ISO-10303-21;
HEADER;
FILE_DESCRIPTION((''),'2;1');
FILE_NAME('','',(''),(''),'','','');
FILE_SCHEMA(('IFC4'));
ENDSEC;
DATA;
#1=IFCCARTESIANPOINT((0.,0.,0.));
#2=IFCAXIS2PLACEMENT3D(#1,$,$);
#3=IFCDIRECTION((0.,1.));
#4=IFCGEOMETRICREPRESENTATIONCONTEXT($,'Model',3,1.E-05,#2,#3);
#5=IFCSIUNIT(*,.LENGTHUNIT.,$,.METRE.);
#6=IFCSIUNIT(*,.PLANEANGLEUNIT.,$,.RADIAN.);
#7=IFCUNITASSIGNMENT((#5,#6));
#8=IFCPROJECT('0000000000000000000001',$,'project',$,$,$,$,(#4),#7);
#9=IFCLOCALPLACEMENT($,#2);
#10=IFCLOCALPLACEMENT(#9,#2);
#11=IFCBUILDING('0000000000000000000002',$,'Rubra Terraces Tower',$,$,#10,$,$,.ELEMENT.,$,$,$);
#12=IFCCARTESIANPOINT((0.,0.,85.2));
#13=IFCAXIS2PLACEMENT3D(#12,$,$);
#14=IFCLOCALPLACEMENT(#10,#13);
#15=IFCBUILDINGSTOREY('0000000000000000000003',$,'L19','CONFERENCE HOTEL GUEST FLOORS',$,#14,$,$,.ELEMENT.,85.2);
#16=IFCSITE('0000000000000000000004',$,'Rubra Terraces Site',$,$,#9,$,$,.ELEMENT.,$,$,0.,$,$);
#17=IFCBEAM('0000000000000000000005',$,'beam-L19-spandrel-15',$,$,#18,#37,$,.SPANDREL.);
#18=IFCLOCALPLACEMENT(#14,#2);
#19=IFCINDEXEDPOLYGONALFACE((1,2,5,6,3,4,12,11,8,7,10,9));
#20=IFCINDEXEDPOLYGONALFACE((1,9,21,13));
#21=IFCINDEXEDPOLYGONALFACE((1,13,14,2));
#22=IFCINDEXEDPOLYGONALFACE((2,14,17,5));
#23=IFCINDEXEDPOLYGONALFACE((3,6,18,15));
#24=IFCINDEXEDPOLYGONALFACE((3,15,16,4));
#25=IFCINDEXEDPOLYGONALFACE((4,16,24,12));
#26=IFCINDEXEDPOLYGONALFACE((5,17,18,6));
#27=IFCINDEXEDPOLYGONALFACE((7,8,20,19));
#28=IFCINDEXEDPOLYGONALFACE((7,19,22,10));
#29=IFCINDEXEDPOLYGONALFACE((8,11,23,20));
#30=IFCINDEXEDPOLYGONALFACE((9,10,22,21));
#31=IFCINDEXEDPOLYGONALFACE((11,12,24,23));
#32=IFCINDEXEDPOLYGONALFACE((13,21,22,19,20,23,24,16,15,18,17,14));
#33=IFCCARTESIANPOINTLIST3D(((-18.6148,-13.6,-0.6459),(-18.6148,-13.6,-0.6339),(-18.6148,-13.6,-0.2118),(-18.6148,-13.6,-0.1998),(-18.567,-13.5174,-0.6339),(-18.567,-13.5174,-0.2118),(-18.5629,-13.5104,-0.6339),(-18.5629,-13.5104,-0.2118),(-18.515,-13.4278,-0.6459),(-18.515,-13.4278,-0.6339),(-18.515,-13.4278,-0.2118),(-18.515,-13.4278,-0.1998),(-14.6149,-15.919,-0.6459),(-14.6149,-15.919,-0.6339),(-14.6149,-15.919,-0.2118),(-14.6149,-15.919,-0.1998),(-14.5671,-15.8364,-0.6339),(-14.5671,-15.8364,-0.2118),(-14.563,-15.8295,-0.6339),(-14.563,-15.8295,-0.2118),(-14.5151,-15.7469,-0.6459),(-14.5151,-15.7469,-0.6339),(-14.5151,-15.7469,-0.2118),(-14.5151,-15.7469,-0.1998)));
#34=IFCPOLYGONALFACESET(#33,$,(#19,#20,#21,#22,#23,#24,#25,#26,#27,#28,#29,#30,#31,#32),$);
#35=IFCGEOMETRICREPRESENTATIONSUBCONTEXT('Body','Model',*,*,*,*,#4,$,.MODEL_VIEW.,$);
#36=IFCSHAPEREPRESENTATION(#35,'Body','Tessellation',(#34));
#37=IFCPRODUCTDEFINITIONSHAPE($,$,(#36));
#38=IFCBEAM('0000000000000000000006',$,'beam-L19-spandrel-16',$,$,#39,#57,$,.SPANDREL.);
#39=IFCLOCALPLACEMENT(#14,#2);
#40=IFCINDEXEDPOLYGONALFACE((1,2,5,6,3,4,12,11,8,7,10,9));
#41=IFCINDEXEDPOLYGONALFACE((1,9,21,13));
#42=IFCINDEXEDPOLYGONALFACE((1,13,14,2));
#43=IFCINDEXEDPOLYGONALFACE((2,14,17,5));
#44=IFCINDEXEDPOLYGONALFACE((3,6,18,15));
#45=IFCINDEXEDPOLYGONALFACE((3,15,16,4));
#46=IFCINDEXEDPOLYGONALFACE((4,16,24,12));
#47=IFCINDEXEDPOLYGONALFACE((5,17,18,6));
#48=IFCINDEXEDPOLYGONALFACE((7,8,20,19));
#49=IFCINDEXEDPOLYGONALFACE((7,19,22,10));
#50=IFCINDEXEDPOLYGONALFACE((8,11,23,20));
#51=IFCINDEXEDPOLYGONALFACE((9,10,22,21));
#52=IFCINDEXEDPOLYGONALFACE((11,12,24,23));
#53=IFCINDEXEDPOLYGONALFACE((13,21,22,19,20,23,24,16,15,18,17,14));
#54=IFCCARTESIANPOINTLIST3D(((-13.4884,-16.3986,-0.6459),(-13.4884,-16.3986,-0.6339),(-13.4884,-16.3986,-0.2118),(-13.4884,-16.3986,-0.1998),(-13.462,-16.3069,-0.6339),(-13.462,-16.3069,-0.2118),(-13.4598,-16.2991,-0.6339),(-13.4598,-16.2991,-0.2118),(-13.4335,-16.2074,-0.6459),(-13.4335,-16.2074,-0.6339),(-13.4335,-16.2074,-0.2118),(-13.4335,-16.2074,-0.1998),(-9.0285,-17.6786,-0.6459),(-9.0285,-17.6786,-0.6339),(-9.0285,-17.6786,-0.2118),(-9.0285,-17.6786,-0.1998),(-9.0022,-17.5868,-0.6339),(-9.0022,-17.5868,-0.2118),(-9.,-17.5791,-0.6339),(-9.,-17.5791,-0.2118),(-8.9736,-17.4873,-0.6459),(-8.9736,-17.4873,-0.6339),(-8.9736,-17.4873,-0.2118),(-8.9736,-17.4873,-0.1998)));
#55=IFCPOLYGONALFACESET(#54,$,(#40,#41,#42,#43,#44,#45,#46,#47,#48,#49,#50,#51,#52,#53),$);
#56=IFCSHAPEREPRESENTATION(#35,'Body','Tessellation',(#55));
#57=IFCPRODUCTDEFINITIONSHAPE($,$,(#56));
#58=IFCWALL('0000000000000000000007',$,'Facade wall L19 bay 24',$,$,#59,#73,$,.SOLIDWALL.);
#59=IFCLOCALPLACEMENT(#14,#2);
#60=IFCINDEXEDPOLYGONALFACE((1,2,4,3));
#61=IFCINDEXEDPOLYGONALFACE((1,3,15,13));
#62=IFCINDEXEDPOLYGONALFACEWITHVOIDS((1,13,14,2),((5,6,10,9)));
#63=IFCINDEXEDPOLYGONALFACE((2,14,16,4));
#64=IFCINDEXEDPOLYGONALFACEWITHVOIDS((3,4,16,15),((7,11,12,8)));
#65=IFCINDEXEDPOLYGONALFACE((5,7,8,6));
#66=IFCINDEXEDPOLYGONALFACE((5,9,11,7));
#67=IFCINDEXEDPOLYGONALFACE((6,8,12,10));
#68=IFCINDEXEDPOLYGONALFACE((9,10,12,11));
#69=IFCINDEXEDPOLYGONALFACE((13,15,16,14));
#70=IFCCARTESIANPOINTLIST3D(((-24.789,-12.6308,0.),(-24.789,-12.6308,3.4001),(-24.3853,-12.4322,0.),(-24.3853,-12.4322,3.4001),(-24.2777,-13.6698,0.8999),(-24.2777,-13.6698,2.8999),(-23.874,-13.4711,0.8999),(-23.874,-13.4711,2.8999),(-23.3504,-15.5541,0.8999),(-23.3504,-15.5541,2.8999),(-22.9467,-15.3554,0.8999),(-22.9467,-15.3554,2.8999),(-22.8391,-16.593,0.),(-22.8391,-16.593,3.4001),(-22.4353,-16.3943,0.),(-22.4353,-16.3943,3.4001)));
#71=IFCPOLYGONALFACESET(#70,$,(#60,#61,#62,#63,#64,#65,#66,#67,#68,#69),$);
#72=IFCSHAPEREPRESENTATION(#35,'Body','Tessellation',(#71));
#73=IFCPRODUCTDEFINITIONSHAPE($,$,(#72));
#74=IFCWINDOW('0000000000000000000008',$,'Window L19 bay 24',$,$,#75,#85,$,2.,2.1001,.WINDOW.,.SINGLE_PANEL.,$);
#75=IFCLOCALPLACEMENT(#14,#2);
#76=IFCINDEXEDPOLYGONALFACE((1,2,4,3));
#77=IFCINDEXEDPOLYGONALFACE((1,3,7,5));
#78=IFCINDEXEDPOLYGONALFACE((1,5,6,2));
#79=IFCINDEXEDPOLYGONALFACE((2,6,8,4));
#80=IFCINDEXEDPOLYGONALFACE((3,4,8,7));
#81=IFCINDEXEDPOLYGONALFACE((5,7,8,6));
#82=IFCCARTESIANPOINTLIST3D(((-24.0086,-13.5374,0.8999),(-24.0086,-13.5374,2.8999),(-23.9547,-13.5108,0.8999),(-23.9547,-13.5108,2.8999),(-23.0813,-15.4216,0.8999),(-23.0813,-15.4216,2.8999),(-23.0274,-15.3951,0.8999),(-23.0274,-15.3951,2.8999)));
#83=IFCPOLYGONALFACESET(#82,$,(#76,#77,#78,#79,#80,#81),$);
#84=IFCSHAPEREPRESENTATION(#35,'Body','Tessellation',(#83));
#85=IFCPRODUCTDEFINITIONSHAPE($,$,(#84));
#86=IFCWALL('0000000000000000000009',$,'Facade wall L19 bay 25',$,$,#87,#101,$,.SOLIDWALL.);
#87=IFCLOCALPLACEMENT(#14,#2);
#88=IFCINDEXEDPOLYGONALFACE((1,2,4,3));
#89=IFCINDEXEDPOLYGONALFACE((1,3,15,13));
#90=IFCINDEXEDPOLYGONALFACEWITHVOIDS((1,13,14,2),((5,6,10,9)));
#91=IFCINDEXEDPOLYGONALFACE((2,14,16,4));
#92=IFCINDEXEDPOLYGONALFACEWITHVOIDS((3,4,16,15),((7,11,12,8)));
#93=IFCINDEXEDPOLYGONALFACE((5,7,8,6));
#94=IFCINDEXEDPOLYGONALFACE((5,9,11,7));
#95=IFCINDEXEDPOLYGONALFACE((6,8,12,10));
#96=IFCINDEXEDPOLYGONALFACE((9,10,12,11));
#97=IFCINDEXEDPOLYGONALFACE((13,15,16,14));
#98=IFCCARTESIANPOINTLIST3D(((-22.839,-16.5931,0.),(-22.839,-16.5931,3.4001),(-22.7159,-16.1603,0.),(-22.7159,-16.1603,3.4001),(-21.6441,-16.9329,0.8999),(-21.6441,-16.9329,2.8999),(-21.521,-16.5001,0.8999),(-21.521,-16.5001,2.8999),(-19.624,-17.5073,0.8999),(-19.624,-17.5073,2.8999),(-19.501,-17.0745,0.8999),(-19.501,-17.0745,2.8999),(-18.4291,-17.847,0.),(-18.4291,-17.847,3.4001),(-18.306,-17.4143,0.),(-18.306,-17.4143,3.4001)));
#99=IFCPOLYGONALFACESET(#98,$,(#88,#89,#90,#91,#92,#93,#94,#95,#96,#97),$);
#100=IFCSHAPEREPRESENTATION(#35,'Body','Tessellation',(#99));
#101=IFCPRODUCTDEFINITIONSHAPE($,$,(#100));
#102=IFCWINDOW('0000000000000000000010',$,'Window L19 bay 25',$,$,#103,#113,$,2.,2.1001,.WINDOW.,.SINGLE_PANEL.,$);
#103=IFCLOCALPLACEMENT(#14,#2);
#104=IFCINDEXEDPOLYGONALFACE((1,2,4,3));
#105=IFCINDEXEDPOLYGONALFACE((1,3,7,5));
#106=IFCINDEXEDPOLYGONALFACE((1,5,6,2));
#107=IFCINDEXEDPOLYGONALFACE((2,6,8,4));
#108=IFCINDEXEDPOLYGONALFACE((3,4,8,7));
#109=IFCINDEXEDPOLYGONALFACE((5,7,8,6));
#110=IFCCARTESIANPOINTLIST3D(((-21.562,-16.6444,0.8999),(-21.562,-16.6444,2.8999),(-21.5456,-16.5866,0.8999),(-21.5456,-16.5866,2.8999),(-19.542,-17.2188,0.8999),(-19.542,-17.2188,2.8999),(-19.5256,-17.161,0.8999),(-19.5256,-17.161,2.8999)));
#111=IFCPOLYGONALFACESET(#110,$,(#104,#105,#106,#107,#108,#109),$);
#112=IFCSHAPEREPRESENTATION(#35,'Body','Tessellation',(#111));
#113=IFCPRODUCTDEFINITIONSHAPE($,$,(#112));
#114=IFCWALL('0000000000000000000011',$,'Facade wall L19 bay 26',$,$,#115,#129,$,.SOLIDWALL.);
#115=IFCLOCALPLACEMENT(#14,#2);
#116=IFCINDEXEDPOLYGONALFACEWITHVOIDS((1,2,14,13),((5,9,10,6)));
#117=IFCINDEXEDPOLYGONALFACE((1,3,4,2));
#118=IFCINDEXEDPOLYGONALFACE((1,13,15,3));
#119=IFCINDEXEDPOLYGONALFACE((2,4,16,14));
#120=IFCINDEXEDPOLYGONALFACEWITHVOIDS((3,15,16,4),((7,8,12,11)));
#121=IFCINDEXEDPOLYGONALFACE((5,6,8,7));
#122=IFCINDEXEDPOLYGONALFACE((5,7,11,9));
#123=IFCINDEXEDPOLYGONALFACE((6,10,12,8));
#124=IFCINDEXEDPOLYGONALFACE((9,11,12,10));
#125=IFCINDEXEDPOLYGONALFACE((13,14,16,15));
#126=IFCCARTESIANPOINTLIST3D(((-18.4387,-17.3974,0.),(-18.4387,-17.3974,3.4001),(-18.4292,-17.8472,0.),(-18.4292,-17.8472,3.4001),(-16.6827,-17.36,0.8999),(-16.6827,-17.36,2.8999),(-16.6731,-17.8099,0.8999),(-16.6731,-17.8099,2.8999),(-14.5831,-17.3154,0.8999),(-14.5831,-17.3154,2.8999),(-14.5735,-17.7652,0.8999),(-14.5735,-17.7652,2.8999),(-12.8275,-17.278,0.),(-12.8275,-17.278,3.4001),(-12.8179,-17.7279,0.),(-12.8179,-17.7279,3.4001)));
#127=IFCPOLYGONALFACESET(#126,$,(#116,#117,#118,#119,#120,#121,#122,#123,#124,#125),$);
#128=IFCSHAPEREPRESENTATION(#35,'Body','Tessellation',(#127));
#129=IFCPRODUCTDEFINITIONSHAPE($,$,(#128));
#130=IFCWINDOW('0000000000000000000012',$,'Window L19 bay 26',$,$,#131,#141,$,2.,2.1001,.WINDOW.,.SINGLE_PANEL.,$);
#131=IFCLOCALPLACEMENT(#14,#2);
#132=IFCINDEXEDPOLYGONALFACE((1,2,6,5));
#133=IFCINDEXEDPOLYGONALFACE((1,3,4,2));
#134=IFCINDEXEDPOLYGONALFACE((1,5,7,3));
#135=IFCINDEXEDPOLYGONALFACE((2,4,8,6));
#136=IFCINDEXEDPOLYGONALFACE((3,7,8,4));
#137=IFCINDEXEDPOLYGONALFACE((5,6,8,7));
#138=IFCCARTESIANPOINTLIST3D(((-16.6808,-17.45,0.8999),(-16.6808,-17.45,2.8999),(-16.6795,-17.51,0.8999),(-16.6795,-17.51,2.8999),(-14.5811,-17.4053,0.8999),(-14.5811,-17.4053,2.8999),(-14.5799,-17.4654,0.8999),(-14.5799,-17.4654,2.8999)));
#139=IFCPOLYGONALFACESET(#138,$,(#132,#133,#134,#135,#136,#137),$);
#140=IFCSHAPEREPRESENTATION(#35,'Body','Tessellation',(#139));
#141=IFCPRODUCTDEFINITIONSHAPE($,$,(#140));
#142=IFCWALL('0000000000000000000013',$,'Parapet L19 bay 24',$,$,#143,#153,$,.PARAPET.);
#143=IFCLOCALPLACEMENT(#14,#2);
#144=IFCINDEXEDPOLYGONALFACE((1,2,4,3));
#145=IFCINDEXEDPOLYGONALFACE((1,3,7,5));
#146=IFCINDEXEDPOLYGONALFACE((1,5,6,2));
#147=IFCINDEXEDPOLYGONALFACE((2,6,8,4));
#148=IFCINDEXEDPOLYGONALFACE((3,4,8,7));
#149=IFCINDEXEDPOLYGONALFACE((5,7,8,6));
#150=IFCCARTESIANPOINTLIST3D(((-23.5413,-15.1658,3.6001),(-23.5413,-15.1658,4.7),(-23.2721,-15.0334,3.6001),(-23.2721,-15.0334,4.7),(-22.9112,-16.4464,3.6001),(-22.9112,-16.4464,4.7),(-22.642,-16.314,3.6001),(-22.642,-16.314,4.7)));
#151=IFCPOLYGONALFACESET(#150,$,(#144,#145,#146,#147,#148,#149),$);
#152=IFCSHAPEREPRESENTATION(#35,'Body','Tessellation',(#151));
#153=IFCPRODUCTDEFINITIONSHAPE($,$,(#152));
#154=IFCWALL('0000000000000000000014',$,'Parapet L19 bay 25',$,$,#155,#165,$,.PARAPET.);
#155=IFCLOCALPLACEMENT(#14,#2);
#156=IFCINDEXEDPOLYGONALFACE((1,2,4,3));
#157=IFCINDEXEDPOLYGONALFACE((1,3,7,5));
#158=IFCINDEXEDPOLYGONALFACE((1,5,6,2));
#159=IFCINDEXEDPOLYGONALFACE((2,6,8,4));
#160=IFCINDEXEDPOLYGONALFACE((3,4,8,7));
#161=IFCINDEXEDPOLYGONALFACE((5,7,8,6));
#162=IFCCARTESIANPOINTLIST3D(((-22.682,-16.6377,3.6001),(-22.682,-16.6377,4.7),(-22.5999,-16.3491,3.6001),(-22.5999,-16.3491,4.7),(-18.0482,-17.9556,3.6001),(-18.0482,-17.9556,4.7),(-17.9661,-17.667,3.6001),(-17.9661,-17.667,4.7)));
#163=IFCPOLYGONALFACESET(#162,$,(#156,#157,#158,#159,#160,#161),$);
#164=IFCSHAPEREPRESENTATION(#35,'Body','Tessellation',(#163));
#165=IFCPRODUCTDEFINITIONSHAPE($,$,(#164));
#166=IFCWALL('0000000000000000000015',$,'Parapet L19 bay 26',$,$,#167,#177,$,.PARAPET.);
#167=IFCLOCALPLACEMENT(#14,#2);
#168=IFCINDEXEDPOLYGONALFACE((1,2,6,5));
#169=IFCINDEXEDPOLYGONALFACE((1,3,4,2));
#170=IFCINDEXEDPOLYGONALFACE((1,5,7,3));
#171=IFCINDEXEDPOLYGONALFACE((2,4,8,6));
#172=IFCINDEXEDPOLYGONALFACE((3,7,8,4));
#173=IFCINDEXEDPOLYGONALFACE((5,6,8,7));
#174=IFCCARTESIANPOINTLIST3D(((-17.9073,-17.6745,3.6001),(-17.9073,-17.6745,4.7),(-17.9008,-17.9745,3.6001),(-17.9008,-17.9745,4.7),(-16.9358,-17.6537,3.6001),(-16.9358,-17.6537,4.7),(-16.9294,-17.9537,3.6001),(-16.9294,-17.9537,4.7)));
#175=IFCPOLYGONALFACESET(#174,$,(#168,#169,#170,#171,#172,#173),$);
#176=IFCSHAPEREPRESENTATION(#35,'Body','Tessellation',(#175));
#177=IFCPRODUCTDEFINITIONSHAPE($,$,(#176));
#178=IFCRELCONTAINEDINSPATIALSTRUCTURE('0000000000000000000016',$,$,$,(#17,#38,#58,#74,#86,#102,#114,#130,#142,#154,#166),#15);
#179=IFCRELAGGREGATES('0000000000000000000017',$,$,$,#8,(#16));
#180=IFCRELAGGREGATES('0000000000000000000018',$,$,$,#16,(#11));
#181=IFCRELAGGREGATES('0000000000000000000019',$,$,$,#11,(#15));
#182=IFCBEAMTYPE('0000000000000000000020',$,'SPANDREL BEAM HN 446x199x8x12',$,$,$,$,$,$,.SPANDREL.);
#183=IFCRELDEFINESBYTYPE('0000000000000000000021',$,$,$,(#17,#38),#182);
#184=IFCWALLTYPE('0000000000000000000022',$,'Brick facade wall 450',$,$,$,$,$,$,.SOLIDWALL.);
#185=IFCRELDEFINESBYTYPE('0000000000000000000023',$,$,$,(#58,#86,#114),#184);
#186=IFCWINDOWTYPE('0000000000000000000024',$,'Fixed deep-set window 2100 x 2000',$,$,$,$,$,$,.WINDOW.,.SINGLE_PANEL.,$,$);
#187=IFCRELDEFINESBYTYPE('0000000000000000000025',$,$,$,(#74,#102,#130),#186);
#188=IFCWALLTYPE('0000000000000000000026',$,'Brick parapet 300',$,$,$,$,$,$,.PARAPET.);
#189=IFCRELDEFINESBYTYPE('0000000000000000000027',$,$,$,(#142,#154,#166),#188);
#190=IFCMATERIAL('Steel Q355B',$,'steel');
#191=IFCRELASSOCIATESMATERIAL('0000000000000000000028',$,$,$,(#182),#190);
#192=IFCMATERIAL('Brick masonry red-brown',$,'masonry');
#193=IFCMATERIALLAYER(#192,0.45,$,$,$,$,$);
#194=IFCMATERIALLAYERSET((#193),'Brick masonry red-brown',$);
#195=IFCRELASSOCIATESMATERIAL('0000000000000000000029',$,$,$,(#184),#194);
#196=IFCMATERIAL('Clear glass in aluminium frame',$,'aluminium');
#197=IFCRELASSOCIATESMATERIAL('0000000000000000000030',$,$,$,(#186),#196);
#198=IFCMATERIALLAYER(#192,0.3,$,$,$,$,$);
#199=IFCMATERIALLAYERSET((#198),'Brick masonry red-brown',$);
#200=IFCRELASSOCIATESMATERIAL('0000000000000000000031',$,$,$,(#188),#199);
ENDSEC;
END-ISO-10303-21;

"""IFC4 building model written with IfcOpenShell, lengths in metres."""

from ifc_helpers import new_model, si_unit, direction, frame, frame_2d, origin, origin_2d, place, context, subcontext, project, spatial, rectangle, i_section, extrude, material, layer, layer_set, material_profile, profile_set, type_object, element, fill, save


model = new_model("IFC4")

# Units and contexts
model_context = context("Model", 3, precision=1e-05, world=origin(), true_north=direction((0.0, 1.0)))
body_context = subcontext(model_context, "Body", "Model", "MODEL_VIEW")
ifc_project = project(units=[si_unit("LENGTHUNIT", "METRE"), si_unit("PLANEANGLEUNIT", "RADIAN")], contexts=[model_context])

# Site, building, storey
site_placement = place(None, origin())
site = spatial("IfcSite", under=ifc_project, at=site_placement, Name="Rubra Terraces Site", CompositionType="ELEMENT", RefElevation=0.0)
building_placement = place(site_placement, origin())
building = spatial("IfcBuilding", under=site, at=building_placement, Name="Rubra Terraces Tower", CompositionType="ELEMENT")
storey_placement = place(building_placement, frame((0.0, 0.0, 85.2)))
storey = spatial("IfcBuildingStorey", under=building, at=storey_placement, Name="L19", Description="CONFERENCE HOTEL GUEST FLOORS", CompositionType="ELEMENT", Elevation=85.2)

# Beams
ifc_material_1 = material(Name="Steel Q355B", Category="steel")
ifc_material_profile_1 = material_profile(ifc_material_1, i_section(OverallWidth=0.199, OverallDepth=0.446, WebThickness=0.0081, FlangeThickness=0.012, at=origin_2d()), Name="HN 446x199x8x12")
ifc_profile_set_1 = profile_set([ifc_material_profile_1], Name="Steel Q355B")
beam_type_1 = type_object("IfcBeamType", Name="SPANDREL BEAM HN 446x199x8x12", PredefinedType="SPANDREL", material=ifc_profile_set_1)
beam_1_placement = place(storey_placement, frame((-18.5649, -13.5139, -0.4229), z_axis=(0.865116, -0.501571, 0.0), x_axis=(0.501571, 0.865116, 0.0)))
element("IfcBeam", 1, at=beam_1_placement, inside=storey, type_object=beam_type_1, Name="beam-L19-spandrel-15", PredefinedType="SPANDREL", context=body_context, shape_type="SweptSolid", body=[
    extrude(i_section(OverallWidth=0.199, OverallDepth=0.446, WebThickness=0.0081, FlangeThickness=0.012, at=origin_2d()), origin(), (0.0, 0.0, 1.0), 4.6235),
])
beam_2_placement = place(storey_placement, frame((-13.4609, -16.303, -0.4229), z_axis=(0.961196, -0.275868, 0.0), x_axis=(0.275868, 0.961196, 0.0)))
element("IfcBeam", 2, at=beam_2_placement, inside=storey, type_object=beam_type_1, Name="beam-L19-spandrel-16", PredefinedType="SPANDREL", context=body_context, shape_type="SweptSolid", body=[
    extrude(i_section(OverallWidth=0.199, OverallDepth=0.446, WebThickness=0.0081, FlangeThickness=0.012, at=origin_2d()), origin(), (0.0, 0.0, 1.0), 4.6399),
])

# Walls, openings, windows
ifc_material_2 = material(Name="Brick masonry red-brown", Category="masonry")
ifc_layer_1 = layer(ifc_material_2, 0.45)
ifc_layer_set_1 = layer_set([ifc_layer_1], Name="Brick masonry red-brown")
wall_type_1 = type_object("IfcWallType", Name="Brick facade wall 450", PredefinedType="SOLIDWALL", material=ifc_layer_set_1)
wall_1_placement = place(storey_placement, frame((-24.5872, -12.5315, 0.0), z_axis=(0.0, 0.0, 1.0), x_axis=(0.441566, -0.897229, 0.0)))
wall_1 = element("IfcWall", 3, at=wall_1_placement, inside=storey, type_object=wall_type_1, Name="Facade wall L19 bay 24", PredefinedType="SOLIDWALL", context=body_context, shape_type="SweptSolid", body=[
    extrude(rectangle(XDim=4.416, YDim=0.45, at=frame_2d((2.208, 0.0))), origin(), (0.0, 0.0, 1.0), 3.4001),
])
opening_1_placement = place(wall_1_placement, frame((1.158, 0.0, 0.8999)))
opening_1 = element("IfcOpeningElement", 4, at=opening_1_placement, cuts=wall_1, PredefinedType="OPENING", context=body_context, shape_type="SweptSolid", body=[
    extrude(rectangle(XDim=2.1001, YDim=2.0, at=frame_2d((1.05, 1.0))), frame((0.0, 0.2349, 0.0), z_axis=(0.0, -1.0, 0.0), x_axis=(1.0, 0.0, 0.0)), (0.0, 0.0, 1.0), 0.47),
])
ifc_material_3 = material(Name="Clear glass in aluminium frame", Category="aluminium")
window_type = type_object("IfcWindowType", Name="Fixed deep-set window 2100 x 2000", PartitioningType="SINGLE_PANEL", PredefinedType="WINDOW", material=ifc_material_3)
window_1_placement = place(opening_1_placement, origin())
window_1 = element("IfcWindow", 5, at=window_1_placement, inside=storey, type_object=window_type, Name="Window L19 bay 24", OverallHeight=2.0, OverallWidth=2.1001, PartitioningType="SINGLE_PANEL", PredefinedType="WINDOW", context=body_context, shape_type="SweptSolid", body=[
    extrude(rectangle(XDim=2.1001, YDim=2.0, at=frame_2d((1.05, 1.0))), frame((0.0, 0.135, 0.0), z_axis=(0.0, -1.0, 0.0), x_axis=(1.0, 0.0, 0.0)), (0.0, 0.0, 1.0), 0.0601),
])
fill(opening_1, window_1)
wall_2_placement = place(storey_placement, frame((-22.7776, -16.3767, 0.0), z_axis=(0.0, 0.0, 1.0), x_axis=(0.961873, -0.273497, 0.0)))
wall_2 = element("IfcWall", 6, at=wall_2_placement, inside=storey, type_object=wall_type_1, Name="Facade wall L19 bay 25", PredefinedType="SOLIDWALL", context=body_context, shape_type="SweptSolid", body=[
    extrude(rectangle(XDim=4.5847, YDim=0.45, at=frame_2d((2.2925, 0.0))), origin(), (0.0, 0.0, 1.0), 3.4001),
])
opening_2_placement = place(wall_2_placement, frame((1.2424, 0.0, 0.8999)))
opening_2 = element("IfcOpeningElement", 7, at=opening_2_placement, cuts=wall_2, PredefinedType="OPENING", context=body_context, shape_type="SweptSolid", body=[
    extrude(rectangle(XDim=2.1001, YDim=2.0, at=frame_2d((1.05, 1.0))), frame((0.0, 0.2349, 0.0), z_axis=(0.0, -1.0, 0.0), x_axis=(1.0, 0.0, 0.0)), (0.0, 0.0, 1.0), 0.47),
])
window_2_placement = place(opening_2_placement, origin())
window_2 = element("IfcWindow", 8, at=window_2_placement, inside=storey, type_object=window_type, Name="Window L19 bay 25", OverallHeight=2.0, OverallWidth=2.1001, PartitioningType="SINGLE_PANEL", PredefinedType="WINDOW", context=body_context, shape_type="SweptSolid", body=[
    extrude(rectangle(XDim=2.1001, YDim=2.0, at=frame_2d((1.05, 1.0))), frame((0.0, 0.135, 0.0), z_axis=(0.0, -1.0, 0.0), x_axis=(1.0, 0.0, 0.0)), (0.0, 0.0, 1.0), 0.0601),
])
fill(opening_2, window_2)
wall_3_placement = place(storey_placement, frame((-18.4338, -17.6223, 0.0), z_axis=(0.0, 0.0, 1.0), x_axis=(0.999774, 0.021271, 0.0)))
wall_3 = element("IfcWall", 9, at=wall_3_placement, inside=storey, type_object=wall_type_1, Name="Facade wall L19 bay 26", PredefinedType="SOLIDWALL", context=body_context, shape_type="SweptSolid", body=[
    extrude(rectangle(XDim=5.6125, YDim=0.45, at=frame_2d((2.8062, 0.0))), origin(), (0.0, 0.0, 1.0), 3.4001),
])
opening_3_placement = place(wall_3_placement, frame((1.7563, 0.0, 0.8999)))
opening_3 = element("IfcOpeningElement", 10, at=opening_3_placement, cuts=wall_3, PredefinedType="OPENING", context=body_context, shape_type="SweptSolid", body=[
    extrude(rectangle(XDim=2.1001, YDim=2.0, at=frame_2d((1.05, 1.0))), frame((0.0, 0.2349, 0.0), z_axis=(0.0, -1.0, 0.0), x_axis=(1.0, 0.0, 0.0)), (0.0, 0.0, 1.0), 0.47),
])
window_3_placement = place(opening_3_placement, origin())
window_3 = element("IfcWindow", 11, at=window_3_placement, inside=storey, type_object=window_type, Name="Window L19 bay 26", OverallHeight=2.0, OverallWidth=2.1001, PartitioningType="SINGLE_PANEL", PredefinedType="WINDOW", context=body_context, shape_type="SweptSolid", body=[
    extrude(rectangle(XDim=2.1001, YDim=2.0, at=frame_2d((1.05, 1.0))), frame((0.0, 0.135, 0.0), z_axis=(0.0, -1.0, 0.0), x_axis=(1.0, 0.0, 0.0)), (0.0, 0.0, 1.0), 0.0601),
])
fill(opening_3, window_3)

# Walls
ifc_layer_2 = layer(ifc_material_2, 0.3)
ifc_layer_set_2 = layer_set([ifc_layer_2], Name="Brick masonry red-brown")
wall_type_2 = type_object("IfcWallType", Name="Brick parapet 300", PredefinedType="PARAPET", material=ifc_layer_set_2)
wall_4_placement = place(storey_placement, frame((-23.4067, -15.0996, 3.6001), z_axis=(0.0, 0.0, 1.0), x_axis=(0.441525, -0.897249, 0.0)))
element("IfcWall", 12, at=wall_4_placement, inside=storey, type_object=wall_type_2, Name="Parapet L19 bay 24", PredefinedType="PARAPET", context=body_context, shape_type="SweptSolid", body=[
    extrude(rectangle(XDim=1.4272, YDim=0.3, at=frame_2d((0.7136, 0.0))), origin(), (0.0, 0.0, 1.0), 1.0999),
])
wall_5_placement = place(storey_placement, frame((-22.6409, -16.4934, 3.6001), z_axis=(0.0, 0.0, 1.0), x_axis=(0.961856, -0.273556, 0.0)))
element("IfcWall", 13, at=wall_5_placement, inside=storey, type_object=wall_type_2, Name="Parapet L19 bay 25", PredefinedType="PARAPET", context=body_context, shape_type="SweptSolid", body=[
    extrude(rectangle(XDim=4.8176, YDim=0.3, at=frame_2d((2.4087, 0.0))), origin(), (0.0, 0.0, 1.0), 1.0999),
])
wall_6_placement = place(storey_placement, frame((-17.9041, -17.8245, 3.6001), z_axis=(0.0, 0.0, 1.0), x_axis=(0.999772, 0.021357, 0.0)))
element("IfcWall", 14, at=wall_6_placement, inside=storey, type_object=wall_type_2, Name="Parapet L19 bay 26", PredefinedType="PARAPET", context=body_context, shape_type="SweptSolid", body=[
    extrude(rectangle(XDim=0.9717, YDim=0.3, at=frame_2d((0.4858, 0.0))), origin(), (0.0, 0.0, 1.0), 1.0999),
])

save(model, "model.ifc")
